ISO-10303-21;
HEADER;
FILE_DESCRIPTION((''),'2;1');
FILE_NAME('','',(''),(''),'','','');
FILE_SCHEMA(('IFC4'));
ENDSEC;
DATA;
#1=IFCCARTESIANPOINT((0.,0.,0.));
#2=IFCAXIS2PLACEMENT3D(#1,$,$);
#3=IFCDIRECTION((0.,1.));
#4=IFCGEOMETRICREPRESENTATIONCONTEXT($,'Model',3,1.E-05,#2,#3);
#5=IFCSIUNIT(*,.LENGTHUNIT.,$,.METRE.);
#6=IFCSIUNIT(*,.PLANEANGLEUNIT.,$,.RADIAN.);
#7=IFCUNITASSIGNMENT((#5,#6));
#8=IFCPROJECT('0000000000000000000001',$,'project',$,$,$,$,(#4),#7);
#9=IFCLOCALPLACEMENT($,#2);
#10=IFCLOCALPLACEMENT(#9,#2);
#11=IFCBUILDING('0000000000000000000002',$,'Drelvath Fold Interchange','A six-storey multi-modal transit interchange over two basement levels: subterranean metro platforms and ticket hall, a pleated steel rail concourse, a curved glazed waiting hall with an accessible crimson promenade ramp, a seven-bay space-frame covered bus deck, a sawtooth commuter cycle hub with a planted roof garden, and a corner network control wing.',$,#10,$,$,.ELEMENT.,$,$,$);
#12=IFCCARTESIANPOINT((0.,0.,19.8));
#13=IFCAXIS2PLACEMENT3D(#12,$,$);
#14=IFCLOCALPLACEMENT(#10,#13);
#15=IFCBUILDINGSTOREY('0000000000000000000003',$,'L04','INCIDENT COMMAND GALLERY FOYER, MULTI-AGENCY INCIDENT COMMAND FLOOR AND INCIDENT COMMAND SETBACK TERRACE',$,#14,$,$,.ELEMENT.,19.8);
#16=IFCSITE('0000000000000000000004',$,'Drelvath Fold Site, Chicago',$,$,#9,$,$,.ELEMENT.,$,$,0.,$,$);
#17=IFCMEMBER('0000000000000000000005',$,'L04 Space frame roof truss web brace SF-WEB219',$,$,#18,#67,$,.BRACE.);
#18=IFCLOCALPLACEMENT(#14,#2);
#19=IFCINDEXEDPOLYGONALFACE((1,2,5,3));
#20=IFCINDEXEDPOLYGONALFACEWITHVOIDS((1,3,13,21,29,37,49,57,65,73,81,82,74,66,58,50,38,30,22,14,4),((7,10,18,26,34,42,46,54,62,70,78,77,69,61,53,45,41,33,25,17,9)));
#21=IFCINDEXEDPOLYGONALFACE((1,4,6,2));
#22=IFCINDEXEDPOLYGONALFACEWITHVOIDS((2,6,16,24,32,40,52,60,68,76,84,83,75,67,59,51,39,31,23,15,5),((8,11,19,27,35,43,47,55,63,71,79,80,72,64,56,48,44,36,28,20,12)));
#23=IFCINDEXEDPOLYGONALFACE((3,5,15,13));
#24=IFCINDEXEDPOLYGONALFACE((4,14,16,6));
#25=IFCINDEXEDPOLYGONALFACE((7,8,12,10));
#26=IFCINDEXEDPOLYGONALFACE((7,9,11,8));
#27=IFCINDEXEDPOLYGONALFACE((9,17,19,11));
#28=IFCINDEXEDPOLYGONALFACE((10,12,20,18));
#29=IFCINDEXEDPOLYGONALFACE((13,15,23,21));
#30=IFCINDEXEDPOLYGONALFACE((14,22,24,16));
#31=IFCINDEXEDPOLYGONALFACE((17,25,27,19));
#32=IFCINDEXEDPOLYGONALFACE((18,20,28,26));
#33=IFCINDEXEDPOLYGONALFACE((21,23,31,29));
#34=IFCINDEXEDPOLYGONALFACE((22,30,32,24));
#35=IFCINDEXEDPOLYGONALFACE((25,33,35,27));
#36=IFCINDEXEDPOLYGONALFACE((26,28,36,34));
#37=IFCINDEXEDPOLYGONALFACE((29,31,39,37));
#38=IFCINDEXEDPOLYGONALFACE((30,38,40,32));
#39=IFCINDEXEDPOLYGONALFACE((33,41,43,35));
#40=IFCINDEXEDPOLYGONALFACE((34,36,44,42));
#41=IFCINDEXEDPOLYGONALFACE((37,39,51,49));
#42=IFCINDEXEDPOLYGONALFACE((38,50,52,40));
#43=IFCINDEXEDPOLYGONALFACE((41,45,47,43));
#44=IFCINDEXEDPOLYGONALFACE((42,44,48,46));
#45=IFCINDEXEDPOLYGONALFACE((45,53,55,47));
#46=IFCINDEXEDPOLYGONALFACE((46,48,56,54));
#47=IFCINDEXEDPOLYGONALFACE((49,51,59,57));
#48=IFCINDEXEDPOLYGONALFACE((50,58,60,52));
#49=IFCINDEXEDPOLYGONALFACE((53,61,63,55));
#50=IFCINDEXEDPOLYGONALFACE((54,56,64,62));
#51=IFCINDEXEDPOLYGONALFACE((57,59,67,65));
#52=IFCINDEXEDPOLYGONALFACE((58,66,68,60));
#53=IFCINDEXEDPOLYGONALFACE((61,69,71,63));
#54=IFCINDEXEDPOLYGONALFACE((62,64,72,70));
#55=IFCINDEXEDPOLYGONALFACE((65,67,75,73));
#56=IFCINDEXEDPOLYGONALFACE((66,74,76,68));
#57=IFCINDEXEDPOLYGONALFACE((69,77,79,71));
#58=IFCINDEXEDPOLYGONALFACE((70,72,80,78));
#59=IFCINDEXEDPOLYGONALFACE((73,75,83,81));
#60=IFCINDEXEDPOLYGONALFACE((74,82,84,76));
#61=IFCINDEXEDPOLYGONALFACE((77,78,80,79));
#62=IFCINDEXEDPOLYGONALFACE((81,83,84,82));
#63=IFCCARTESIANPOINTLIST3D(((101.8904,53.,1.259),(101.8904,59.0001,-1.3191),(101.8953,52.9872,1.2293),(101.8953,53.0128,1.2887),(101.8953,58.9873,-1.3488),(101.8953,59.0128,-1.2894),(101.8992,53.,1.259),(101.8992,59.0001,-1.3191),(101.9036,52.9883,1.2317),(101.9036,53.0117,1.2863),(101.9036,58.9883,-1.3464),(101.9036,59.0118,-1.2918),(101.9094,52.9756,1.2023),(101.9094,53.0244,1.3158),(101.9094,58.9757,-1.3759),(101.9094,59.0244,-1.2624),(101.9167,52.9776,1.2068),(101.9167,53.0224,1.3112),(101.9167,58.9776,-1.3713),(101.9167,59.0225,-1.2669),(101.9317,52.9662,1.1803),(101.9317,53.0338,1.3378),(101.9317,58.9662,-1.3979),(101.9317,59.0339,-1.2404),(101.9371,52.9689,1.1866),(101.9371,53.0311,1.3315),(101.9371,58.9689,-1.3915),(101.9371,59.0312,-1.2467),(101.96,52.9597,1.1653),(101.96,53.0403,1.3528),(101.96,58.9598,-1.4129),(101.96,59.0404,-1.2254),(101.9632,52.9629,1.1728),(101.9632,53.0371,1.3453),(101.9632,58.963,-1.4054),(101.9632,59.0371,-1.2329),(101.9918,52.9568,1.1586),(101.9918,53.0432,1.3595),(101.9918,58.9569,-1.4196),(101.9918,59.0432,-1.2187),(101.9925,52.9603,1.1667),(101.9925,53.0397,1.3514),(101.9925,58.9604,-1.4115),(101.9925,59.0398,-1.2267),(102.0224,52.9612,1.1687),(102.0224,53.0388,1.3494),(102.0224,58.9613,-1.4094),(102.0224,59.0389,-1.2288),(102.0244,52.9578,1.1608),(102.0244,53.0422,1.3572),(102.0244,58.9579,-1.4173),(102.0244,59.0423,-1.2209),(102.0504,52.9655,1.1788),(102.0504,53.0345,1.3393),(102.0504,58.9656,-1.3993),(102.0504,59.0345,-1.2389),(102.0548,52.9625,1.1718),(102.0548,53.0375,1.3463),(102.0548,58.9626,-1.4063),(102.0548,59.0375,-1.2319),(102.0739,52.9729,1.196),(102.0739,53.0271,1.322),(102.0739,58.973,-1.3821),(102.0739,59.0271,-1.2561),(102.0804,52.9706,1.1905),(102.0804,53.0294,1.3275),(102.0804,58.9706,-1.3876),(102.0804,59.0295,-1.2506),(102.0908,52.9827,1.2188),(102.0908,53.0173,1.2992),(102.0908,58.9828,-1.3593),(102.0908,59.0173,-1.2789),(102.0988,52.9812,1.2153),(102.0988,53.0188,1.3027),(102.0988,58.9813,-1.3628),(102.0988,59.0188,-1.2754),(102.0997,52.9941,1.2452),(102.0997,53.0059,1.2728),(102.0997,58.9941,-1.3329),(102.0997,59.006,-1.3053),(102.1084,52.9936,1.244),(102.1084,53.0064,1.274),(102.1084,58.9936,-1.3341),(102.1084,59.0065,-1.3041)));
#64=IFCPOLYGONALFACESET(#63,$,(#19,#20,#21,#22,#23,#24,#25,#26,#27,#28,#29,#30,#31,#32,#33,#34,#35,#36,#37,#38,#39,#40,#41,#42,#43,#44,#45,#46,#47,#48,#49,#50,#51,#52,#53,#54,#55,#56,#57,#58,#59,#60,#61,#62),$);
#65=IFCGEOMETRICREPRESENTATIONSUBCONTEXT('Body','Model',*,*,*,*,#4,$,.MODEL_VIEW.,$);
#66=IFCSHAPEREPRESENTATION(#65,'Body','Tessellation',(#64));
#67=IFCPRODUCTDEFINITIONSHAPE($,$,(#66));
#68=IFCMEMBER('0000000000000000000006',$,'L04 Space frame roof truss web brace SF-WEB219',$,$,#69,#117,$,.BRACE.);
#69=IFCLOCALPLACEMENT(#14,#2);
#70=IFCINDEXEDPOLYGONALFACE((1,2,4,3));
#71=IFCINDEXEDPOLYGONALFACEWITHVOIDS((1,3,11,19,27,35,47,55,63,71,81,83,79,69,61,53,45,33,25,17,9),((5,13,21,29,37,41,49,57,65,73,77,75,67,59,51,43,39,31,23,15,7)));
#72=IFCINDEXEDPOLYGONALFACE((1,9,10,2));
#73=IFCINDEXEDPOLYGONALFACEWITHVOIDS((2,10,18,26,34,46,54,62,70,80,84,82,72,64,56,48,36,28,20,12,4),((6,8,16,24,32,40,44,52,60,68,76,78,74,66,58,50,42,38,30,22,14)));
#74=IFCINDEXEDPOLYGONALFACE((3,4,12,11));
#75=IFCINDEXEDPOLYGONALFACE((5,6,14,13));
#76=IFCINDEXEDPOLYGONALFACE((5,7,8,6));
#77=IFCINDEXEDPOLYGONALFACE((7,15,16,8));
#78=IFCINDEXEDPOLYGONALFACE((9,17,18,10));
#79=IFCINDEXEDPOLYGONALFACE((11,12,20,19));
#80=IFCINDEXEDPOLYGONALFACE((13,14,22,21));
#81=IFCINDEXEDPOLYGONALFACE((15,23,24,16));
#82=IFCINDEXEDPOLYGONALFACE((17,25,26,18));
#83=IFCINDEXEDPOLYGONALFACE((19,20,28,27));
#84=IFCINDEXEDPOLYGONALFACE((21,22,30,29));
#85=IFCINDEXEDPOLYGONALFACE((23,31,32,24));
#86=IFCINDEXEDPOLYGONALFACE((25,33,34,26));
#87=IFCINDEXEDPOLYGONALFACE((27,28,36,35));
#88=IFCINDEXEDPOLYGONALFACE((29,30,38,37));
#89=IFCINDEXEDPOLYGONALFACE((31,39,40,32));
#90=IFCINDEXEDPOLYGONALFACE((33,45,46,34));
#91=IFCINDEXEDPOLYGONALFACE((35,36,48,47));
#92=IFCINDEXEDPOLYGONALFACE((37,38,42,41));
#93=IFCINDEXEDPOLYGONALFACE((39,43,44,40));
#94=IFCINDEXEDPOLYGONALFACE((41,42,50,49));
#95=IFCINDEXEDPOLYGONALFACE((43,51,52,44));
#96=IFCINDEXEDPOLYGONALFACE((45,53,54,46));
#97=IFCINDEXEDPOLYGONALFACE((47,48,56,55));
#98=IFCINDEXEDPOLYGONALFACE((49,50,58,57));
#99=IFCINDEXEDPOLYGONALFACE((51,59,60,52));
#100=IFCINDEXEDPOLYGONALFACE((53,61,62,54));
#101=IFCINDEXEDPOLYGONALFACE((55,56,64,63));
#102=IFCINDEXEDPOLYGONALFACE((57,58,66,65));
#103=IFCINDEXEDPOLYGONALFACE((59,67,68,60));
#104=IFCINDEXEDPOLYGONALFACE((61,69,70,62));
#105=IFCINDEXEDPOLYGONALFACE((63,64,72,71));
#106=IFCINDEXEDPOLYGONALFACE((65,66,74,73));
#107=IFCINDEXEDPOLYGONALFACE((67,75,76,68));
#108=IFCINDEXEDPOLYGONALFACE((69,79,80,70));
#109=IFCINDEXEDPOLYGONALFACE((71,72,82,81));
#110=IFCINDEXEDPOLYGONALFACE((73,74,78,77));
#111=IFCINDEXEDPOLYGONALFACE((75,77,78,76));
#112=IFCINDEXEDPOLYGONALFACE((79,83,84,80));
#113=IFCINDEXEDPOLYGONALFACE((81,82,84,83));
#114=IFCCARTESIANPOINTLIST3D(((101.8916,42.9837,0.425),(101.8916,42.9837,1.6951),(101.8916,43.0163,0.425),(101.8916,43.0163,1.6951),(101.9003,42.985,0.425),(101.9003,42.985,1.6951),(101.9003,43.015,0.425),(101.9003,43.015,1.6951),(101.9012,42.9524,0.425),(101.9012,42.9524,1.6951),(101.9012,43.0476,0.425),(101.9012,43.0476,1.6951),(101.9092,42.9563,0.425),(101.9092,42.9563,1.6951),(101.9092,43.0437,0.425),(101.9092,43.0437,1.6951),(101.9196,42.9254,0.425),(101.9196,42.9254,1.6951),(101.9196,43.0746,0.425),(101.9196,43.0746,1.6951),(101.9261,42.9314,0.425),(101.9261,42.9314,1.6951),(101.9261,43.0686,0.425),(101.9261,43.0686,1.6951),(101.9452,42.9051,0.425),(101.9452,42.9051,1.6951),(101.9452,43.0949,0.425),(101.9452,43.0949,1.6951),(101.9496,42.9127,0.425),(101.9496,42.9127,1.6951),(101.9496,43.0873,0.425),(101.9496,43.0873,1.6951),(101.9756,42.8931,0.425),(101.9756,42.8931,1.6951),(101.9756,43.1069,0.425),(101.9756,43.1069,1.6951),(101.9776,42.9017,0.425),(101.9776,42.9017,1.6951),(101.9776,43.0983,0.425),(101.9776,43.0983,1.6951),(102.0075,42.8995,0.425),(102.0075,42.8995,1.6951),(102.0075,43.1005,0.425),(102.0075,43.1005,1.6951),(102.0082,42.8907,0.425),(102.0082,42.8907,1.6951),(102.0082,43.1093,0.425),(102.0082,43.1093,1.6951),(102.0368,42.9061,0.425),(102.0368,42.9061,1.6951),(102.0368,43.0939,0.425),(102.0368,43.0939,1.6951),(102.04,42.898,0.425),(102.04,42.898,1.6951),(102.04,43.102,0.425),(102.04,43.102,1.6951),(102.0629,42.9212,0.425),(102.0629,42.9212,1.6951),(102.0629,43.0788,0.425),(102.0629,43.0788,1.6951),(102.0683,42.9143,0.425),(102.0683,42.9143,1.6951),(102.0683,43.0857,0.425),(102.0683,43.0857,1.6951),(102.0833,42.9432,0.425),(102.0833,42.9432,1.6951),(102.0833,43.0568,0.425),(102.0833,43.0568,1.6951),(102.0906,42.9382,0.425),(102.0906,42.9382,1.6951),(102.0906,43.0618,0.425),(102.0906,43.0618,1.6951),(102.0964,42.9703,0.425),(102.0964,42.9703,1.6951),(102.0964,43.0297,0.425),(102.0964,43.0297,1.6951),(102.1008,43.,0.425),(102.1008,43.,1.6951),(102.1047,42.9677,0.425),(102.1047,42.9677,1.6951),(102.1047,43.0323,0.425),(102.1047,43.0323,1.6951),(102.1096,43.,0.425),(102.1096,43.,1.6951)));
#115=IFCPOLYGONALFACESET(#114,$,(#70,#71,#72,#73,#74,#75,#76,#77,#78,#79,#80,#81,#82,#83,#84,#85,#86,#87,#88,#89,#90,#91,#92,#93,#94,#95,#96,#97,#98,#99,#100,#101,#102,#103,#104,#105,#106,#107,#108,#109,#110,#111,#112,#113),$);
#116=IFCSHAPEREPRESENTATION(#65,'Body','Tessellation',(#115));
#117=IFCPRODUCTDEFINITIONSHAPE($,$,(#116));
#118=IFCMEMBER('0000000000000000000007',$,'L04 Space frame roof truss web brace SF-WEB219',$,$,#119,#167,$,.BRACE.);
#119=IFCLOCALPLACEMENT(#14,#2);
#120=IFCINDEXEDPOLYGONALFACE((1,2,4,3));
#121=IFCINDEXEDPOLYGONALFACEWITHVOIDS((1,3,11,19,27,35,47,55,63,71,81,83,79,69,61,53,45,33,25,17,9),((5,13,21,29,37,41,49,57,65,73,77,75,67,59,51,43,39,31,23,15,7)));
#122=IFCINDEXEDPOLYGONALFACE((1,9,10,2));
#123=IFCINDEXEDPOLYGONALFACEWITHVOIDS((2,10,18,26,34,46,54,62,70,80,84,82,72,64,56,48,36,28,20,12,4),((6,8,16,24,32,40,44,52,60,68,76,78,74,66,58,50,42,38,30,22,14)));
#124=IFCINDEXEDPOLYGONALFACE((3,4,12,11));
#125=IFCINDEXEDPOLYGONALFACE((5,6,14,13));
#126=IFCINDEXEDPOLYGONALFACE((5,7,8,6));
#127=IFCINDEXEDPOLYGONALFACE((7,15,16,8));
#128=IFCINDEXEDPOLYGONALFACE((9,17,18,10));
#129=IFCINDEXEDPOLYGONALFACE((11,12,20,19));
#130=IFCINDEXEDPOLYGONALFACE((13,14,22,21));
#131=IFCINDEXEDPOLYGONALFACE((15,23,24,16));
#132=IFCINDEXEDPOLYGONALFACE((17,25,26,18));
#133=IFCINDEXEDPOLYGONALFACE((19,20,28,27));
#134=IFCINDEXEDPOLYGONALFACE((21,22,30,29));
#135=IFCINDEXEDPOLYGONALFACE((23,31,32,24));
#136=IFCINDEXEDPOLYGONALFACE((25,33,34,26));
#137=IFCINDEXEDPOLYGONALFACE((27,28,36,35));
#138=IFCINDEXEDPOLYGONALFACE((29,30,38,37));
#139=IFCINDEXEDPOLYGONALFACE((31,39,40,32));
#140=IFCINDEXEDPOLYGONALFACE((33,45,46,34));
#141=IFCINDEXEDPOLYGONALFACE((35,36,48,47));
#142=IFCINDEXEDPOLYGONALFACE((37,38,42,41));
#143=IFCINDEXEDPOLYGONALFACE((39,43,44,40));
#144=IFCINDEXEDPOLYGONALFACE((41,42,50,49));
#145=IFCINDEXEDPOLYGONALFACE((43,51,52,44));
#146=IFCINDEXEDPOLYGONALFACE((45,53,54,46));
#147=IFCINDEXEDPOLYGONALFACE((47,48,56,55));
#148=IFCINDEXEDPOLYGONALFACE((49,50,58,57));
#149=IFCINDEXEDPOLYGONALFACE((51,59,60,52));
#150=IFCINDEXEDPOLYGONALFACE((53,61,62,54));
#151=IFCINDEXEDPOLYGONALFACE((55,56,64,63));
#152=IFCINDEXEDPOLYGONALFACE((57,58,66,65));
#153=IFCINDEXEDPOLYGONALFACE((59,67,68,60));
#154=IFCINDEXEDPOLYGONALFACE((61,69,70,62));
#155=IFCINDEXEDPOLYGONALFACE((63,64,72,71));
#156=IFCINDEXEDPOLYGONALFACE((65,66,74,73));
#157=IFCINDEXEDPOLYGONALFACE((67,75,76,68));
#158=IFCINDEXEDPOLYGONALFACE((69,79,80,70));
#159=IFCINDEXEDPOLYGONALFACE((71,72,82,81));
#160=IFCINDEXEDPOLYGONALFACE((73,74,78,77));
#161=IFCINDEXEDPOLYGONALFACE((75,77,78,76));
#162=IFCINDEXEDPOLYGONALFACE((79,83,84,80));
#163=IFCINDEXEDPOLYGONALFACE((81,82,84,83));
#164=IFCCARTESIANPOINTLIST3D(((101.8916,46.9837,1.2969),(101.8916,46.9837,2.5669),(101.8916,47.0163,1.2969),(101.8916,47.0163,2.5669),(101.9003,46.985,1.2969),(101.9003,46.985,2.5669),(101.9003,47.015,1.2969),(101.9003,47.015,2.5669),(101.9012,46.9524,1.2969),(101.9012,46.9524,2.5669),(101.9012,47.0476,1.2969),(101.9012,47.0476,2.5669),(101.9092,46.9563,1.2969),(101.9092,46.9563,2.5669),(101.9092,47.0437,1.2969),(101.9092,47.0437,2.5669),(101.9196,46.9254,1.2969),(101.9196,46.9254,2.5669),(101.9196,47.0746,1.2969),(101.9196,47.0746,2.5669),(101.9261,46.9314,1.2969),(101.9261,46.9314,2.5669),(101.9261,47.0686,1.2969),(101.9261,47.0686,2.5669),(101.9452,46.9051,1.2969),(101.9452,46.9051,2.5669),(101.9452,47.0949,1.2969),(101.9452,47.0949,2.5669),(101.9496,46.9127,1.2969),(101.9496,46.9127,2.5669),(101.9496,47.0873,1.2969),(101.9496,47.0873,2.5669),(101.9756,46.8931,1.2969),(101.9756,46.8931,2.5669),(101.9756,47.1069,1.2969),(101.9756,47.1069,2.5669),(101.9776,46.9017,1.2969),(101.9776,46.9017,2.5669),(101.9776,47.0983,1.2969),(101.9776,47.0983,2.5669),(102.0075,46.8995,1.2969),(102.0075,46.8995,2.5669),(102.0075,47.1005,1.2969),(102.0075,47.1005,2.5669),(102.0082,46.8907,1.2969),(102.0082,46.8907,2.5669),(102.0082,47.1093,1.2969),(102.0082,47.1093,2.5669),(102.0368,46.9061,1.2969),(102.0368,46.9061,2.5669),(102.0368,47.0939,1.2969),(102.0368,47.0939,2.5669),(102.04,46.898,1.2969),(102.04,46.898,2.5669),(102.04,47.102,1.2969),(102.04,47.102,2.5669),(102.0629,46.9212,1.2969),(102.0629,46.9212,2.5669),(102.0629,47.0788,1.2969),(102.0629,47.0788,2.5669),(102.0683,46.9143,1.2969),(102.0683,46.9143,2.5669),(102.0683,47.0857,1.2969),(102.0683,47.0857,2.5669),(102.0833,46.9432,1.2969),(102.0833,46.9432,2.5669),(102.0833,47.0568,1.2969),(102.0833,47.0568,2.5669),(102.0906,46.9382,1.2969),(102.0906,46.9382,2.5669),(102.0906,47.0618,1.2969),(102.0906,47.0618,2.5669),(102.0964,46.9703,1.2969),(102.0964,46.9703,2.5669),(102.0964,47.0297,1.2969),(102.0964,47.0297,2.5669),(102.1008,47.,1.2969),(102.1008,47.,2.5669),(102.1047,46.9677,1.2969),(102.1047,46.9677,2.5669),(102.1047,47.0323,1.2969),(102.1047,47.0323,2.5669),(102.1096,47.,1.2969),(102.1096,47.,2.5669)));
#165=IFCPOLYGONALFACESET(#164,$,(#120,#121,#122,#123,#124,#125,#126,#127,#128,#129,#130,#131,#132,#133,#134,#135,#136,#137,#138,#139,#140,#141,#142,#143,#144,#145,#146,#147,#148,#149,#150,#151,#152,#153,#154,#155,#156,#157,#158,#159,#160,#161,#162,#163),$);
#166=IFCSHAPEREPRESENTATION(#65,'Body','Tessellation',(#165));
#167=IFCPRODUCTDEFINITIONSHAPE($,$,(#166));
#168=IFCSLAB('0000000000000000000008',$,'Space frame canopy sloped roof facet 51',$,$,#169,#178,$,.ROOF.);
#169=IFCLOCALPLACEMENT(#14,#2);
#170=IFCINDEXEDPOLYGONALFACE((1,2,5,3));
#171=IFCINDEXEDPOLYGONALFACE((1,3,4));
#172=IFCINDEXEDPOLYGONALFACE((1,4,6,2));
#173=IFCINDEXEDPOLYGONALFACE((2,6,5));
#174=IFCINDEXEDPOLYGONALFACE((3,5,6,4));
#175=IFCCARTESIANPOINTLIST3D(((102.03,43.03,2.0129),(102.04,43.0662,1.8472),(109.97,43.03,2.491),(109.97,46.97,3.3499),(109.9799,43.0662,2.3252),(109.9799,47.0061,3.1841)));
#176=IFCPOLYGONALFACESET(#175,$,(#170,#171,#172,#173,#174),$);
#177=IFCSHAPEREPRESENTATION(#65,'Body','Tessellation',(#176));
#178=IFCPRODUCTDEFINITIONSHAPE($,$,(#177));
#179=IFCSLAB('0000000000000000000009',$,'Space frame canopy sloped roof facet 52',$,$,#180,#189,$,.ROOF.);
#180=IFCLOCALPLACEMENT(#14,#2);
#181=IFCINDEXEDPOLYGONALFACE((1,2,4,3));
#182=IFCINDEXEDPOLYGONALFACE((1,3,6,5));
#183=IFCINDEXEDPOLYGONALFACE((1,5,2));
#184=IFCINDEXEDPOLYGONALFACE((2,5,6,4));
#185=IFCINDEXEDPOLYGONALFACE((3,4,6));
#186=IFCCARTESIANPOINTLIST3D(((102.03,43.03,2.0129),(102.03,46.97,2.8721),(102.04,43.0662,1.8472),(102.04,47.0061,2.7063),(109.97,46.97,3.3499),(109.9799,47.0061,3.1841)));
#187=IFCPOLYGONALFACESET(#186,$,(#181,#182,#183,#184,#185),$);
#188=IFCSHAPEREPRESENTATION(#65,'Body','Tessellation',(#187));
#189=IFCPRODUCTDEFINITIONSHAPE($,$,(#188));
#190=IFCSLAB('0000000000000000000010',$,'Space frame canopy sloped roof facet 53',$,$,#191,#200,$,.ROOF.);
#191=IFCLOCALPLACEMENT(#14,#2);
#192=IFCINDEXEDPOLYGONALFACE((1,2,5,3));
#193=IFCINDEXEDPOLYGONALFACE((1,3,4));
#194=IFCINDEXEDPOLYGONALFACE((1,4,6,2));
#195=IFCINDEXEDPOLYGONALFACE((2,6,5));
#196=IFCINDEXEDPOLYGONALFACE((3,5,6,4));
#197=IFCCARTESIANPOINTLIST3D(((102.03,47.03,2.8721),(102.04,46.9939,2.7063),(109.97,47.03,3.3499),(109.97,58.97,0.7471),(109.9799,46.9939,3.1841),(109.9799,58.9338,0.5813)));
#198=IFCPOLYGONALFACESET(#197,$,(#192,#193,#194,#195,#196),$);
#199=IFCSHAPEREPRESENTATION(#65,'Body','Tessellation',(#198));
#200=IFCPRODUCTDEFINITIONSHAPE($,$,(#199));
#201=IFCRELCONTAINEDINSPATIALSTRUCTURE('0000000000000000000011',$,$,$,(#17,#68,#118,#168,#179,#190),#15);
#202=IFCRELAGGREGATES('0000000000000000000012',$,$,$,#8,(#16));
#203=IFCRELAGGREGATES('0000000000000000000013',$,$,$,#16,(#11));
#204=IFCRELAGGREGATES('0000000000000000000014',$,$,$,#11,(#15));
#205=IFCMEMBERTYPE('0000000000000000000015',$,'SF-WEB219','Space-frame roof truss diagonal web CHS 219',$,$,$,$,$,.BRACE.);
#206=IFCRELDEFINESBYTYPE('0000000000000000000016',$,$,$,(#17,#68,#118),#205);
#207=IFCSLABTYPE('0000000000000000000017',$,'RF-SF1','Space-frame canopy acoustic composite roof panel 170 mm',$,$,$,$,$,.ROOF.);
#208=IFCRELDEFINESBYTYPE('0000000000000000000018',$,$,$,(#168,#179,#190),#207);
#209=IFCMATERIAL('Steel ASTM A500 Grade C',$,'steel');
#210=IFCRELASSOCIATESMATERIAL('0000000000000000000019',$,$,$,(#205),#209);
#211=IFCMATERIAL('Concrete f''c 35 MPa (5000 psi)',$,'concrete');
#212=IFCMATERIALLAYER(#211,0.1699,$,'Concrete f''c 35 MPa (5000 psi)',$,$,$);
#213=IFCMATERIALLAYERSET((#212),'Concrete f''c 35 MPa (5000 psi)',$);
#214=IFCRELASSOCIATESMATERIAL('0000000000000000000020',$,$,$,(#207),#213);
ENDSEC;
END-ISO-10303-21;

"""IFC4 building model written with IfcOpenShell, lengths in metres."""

from ifc_helpers import new_model, si_unit, direction, frame, origin, origin_2d, place, context, subcontext, project, spatial, polyline, hollow_circle, outline, extrude, material, layer, layer_set, material_profile, profile_set, type_object, element, save


model = new_model("IFC4")

# Units and contexts
model_context = context("Model", 3, precision=1e-05, world=origin(), true_north=direction((0.0, 1.0)))
body_context = subcontext(model_context, "Body", "Model", "MODEL_VIEW")
ifc_project = project(units=[si_unit("LENGTHUNIT", "METRE"), si_unit("PLANEANGLEUNIT", "RADIAN")], contexts=[model_context])

# Site, building, storey
site_placement = place(None, origin())
site = spatial("IfcSite", under=ifc_project, at=site_placement, Name="Drelvath Fold Site, Chicago", CompositionType="ELEMENT", RefElevation=0.0)
building_placement = place(site_placement, origin())
building = spatial("IfcBuilding", under=site, at=building_placement, Name="Drelvath Fold Interchange", Description="A six-storey multi-modal transit interchange over two basement levels: subterranean metro platforms and ticket hall, a pleated steel rail concourse, a curved glazed waiting hall with an accessible crimson promenade ramp, a seven-bay space-frame covered bus deck, a sawtooth commuter cycle hub with a planted roof garden, and a corner network control wing.", CompositionType="ELEMENT")
storey_placement = place(building_placement, frame((0.0, 0.0, 19.8)))
storey = spatial("IfcBuildingStorey", under=building, at=storey_placement, Name="L04", Description="INCIDENT COMMAND GALLERY FOYER, MULTI-AGENCY INCIDENT COMMAND FLOOR AND INCIDENT COMMAND SETBACK TERRACE", CompositionType="ELEMENT", Elevation=19.8)

# Shared definitions
ifc_material_1 = material(Name="Steel ASTM A500 Grade C", Category="steel")

# Members
ifc_material_profile_1 = material_profile(ifc_material_1, hollow_circle(Radius=0.1096, WallThickness=0.0088, at=origin_2d()), Name="HSS8.625X0.375")
ifc_profile_set_1 = profile_set([ifc_material_profile_1], Name="Steel ASTM A500 Grade C")
member_type_1 = type_object("IfcMemberType", Name="SF-WEB219", Description="Space-frame roof truss diagonal web CHS 219", PredefinedType="BRACE", material=ifc_profile_set_1)
member_1_placement = place(storey_placement, frame((102.0, 53.0, 1.259), z_axis=(0.0, 0.918773, -0.394785), x_axis=(-1.0, 0.0, 0.0)))
element("IfcMember", 1, at=member_1_placement, inside=storey, type_object=member_type_1, Name="L04 Space frame roof truss web brace SF-WEB219", PredefinedType="BRACE", context=body_context, shape_type="SweptSolid", body=[
    extrude(hollow_circle(Radius=0.1096, WallThickness=0.0088, at=origin_2d()), origin(), (0.0, 0.0, 1.0), 6.5305),
])
for number, where, z_axis, x_axis, name in (
    (2, (102.0, 43.0, 0.425), (0.0, 0.0, 1.0), (1.0, 0.0, 0.0), "L04 Space frame roof truss web brace SF-WEB219"),
    (3, (102.0, 47.0, 1.2969), (0.0, 0.0, 1.0), (1.0, 0.0, 0.0), "L04 Space frame roof truss web brace SF-WEB219"),
):
    element("IfcMember", number, at=place(storey_placement, frame(where, z_axis=z_axis, x_axis=x_axis)), inside=storey, type_object=member_type_1, Name=name, PredefinedType="BRACE", context=body_context, shape_type="SweptSolid", body=[
        extrude(hollow_circle(Radius=0.1096, WallThickness=0.0088, at=origin_2d()), origin(), (0.0, 0.0, 1.0), 1.27),
    ])

# Slabs
ifc_material_2 = material(Name="Concrete f'c 35 MPa (5000 psi)", Category="concrete")
ifc_layer_1 = layer(ifc_material_2, 0.1699, Name="Concrete f'c 35 MPa (5000 psi)")
ifc_layer_set_1 = layer_set([ifc_layer_1], Name="Concrete f'c 35 MPa (5000 psi)")
slab_type = type_object("IfcSlabType", Name="RF-SF1", Description="Space-frame canopy acoustic composite roof panel 170 mm", PredefinedType="ROOF", material=ifc_layer_set_1)
slab_1_placement = place(storey_placement, frame((102.03, 43.03, 2.0129), z_axis=(-0.058722, -0.212625, 0.975368), x_axis=(0.998193, 0.0, 0.060097)))
element("IfcSlab", 4, at=slab_1_placement, inside=storey, type_object=slab_type, Name="Space frame canopy sloped roof facet 51", PredefinedType="ROOF", context=body_context, shape_type="SweptSolid", body=[
    extrude(outline(polyline([(0.0, 0.0), (7.9543, 0.0), (8.0059, 4.0321), (0.0, 0.0)])), origin(), (0.0, 0.0, -1.0), 0.1699),
])
slab_2_placement = place(storey_placement, frame((102.03, 43.03, 2.0129), z_axis=(-0.058692, -0.212683, 0.975357), x_axis=(0.88576, 0.43953, 0.149143)))
element("IfcSlab", 5, at=slab_2_placement, inside=storey, type_object=slab_type, Name="Space frame canopy sloped roof facet 52", PredefinedType="ROOF", context=body_context, shape_type="SweptSolid", body=[
    extrude(outline(polyline([(0.0, 0.0), (8.964, 0.0), (1.8599, 3.578), (0.0, 0.0)])), origin(), (0.0, 0.0, -1.0), 0.1699),
])
slab_3_placement = place(storey_placement, frame((102.03, 47.03, 2.8721), z_axis=(-0.058693, 0.212621, 0.975371), x_axis=(0.998194, 0.0, 0.060066)))
element("IfcSlab", 6, at=slab_3_placement, inside=storey, type_object=slab_type, Name="Space frame canopy sloped roof facet 53", PredefinedType="ROOF", context=body_context, shape_type="SweptSolid", body=[
    extrude(outline(polyline([(0.0, 0.0), (7.9543, 0.0), (7.798, 12.2193), (0.0, 0.0)])), origin(), (0.0, 0.0, -1.0), 0.1699),
])

save(model, "model.ifc")
